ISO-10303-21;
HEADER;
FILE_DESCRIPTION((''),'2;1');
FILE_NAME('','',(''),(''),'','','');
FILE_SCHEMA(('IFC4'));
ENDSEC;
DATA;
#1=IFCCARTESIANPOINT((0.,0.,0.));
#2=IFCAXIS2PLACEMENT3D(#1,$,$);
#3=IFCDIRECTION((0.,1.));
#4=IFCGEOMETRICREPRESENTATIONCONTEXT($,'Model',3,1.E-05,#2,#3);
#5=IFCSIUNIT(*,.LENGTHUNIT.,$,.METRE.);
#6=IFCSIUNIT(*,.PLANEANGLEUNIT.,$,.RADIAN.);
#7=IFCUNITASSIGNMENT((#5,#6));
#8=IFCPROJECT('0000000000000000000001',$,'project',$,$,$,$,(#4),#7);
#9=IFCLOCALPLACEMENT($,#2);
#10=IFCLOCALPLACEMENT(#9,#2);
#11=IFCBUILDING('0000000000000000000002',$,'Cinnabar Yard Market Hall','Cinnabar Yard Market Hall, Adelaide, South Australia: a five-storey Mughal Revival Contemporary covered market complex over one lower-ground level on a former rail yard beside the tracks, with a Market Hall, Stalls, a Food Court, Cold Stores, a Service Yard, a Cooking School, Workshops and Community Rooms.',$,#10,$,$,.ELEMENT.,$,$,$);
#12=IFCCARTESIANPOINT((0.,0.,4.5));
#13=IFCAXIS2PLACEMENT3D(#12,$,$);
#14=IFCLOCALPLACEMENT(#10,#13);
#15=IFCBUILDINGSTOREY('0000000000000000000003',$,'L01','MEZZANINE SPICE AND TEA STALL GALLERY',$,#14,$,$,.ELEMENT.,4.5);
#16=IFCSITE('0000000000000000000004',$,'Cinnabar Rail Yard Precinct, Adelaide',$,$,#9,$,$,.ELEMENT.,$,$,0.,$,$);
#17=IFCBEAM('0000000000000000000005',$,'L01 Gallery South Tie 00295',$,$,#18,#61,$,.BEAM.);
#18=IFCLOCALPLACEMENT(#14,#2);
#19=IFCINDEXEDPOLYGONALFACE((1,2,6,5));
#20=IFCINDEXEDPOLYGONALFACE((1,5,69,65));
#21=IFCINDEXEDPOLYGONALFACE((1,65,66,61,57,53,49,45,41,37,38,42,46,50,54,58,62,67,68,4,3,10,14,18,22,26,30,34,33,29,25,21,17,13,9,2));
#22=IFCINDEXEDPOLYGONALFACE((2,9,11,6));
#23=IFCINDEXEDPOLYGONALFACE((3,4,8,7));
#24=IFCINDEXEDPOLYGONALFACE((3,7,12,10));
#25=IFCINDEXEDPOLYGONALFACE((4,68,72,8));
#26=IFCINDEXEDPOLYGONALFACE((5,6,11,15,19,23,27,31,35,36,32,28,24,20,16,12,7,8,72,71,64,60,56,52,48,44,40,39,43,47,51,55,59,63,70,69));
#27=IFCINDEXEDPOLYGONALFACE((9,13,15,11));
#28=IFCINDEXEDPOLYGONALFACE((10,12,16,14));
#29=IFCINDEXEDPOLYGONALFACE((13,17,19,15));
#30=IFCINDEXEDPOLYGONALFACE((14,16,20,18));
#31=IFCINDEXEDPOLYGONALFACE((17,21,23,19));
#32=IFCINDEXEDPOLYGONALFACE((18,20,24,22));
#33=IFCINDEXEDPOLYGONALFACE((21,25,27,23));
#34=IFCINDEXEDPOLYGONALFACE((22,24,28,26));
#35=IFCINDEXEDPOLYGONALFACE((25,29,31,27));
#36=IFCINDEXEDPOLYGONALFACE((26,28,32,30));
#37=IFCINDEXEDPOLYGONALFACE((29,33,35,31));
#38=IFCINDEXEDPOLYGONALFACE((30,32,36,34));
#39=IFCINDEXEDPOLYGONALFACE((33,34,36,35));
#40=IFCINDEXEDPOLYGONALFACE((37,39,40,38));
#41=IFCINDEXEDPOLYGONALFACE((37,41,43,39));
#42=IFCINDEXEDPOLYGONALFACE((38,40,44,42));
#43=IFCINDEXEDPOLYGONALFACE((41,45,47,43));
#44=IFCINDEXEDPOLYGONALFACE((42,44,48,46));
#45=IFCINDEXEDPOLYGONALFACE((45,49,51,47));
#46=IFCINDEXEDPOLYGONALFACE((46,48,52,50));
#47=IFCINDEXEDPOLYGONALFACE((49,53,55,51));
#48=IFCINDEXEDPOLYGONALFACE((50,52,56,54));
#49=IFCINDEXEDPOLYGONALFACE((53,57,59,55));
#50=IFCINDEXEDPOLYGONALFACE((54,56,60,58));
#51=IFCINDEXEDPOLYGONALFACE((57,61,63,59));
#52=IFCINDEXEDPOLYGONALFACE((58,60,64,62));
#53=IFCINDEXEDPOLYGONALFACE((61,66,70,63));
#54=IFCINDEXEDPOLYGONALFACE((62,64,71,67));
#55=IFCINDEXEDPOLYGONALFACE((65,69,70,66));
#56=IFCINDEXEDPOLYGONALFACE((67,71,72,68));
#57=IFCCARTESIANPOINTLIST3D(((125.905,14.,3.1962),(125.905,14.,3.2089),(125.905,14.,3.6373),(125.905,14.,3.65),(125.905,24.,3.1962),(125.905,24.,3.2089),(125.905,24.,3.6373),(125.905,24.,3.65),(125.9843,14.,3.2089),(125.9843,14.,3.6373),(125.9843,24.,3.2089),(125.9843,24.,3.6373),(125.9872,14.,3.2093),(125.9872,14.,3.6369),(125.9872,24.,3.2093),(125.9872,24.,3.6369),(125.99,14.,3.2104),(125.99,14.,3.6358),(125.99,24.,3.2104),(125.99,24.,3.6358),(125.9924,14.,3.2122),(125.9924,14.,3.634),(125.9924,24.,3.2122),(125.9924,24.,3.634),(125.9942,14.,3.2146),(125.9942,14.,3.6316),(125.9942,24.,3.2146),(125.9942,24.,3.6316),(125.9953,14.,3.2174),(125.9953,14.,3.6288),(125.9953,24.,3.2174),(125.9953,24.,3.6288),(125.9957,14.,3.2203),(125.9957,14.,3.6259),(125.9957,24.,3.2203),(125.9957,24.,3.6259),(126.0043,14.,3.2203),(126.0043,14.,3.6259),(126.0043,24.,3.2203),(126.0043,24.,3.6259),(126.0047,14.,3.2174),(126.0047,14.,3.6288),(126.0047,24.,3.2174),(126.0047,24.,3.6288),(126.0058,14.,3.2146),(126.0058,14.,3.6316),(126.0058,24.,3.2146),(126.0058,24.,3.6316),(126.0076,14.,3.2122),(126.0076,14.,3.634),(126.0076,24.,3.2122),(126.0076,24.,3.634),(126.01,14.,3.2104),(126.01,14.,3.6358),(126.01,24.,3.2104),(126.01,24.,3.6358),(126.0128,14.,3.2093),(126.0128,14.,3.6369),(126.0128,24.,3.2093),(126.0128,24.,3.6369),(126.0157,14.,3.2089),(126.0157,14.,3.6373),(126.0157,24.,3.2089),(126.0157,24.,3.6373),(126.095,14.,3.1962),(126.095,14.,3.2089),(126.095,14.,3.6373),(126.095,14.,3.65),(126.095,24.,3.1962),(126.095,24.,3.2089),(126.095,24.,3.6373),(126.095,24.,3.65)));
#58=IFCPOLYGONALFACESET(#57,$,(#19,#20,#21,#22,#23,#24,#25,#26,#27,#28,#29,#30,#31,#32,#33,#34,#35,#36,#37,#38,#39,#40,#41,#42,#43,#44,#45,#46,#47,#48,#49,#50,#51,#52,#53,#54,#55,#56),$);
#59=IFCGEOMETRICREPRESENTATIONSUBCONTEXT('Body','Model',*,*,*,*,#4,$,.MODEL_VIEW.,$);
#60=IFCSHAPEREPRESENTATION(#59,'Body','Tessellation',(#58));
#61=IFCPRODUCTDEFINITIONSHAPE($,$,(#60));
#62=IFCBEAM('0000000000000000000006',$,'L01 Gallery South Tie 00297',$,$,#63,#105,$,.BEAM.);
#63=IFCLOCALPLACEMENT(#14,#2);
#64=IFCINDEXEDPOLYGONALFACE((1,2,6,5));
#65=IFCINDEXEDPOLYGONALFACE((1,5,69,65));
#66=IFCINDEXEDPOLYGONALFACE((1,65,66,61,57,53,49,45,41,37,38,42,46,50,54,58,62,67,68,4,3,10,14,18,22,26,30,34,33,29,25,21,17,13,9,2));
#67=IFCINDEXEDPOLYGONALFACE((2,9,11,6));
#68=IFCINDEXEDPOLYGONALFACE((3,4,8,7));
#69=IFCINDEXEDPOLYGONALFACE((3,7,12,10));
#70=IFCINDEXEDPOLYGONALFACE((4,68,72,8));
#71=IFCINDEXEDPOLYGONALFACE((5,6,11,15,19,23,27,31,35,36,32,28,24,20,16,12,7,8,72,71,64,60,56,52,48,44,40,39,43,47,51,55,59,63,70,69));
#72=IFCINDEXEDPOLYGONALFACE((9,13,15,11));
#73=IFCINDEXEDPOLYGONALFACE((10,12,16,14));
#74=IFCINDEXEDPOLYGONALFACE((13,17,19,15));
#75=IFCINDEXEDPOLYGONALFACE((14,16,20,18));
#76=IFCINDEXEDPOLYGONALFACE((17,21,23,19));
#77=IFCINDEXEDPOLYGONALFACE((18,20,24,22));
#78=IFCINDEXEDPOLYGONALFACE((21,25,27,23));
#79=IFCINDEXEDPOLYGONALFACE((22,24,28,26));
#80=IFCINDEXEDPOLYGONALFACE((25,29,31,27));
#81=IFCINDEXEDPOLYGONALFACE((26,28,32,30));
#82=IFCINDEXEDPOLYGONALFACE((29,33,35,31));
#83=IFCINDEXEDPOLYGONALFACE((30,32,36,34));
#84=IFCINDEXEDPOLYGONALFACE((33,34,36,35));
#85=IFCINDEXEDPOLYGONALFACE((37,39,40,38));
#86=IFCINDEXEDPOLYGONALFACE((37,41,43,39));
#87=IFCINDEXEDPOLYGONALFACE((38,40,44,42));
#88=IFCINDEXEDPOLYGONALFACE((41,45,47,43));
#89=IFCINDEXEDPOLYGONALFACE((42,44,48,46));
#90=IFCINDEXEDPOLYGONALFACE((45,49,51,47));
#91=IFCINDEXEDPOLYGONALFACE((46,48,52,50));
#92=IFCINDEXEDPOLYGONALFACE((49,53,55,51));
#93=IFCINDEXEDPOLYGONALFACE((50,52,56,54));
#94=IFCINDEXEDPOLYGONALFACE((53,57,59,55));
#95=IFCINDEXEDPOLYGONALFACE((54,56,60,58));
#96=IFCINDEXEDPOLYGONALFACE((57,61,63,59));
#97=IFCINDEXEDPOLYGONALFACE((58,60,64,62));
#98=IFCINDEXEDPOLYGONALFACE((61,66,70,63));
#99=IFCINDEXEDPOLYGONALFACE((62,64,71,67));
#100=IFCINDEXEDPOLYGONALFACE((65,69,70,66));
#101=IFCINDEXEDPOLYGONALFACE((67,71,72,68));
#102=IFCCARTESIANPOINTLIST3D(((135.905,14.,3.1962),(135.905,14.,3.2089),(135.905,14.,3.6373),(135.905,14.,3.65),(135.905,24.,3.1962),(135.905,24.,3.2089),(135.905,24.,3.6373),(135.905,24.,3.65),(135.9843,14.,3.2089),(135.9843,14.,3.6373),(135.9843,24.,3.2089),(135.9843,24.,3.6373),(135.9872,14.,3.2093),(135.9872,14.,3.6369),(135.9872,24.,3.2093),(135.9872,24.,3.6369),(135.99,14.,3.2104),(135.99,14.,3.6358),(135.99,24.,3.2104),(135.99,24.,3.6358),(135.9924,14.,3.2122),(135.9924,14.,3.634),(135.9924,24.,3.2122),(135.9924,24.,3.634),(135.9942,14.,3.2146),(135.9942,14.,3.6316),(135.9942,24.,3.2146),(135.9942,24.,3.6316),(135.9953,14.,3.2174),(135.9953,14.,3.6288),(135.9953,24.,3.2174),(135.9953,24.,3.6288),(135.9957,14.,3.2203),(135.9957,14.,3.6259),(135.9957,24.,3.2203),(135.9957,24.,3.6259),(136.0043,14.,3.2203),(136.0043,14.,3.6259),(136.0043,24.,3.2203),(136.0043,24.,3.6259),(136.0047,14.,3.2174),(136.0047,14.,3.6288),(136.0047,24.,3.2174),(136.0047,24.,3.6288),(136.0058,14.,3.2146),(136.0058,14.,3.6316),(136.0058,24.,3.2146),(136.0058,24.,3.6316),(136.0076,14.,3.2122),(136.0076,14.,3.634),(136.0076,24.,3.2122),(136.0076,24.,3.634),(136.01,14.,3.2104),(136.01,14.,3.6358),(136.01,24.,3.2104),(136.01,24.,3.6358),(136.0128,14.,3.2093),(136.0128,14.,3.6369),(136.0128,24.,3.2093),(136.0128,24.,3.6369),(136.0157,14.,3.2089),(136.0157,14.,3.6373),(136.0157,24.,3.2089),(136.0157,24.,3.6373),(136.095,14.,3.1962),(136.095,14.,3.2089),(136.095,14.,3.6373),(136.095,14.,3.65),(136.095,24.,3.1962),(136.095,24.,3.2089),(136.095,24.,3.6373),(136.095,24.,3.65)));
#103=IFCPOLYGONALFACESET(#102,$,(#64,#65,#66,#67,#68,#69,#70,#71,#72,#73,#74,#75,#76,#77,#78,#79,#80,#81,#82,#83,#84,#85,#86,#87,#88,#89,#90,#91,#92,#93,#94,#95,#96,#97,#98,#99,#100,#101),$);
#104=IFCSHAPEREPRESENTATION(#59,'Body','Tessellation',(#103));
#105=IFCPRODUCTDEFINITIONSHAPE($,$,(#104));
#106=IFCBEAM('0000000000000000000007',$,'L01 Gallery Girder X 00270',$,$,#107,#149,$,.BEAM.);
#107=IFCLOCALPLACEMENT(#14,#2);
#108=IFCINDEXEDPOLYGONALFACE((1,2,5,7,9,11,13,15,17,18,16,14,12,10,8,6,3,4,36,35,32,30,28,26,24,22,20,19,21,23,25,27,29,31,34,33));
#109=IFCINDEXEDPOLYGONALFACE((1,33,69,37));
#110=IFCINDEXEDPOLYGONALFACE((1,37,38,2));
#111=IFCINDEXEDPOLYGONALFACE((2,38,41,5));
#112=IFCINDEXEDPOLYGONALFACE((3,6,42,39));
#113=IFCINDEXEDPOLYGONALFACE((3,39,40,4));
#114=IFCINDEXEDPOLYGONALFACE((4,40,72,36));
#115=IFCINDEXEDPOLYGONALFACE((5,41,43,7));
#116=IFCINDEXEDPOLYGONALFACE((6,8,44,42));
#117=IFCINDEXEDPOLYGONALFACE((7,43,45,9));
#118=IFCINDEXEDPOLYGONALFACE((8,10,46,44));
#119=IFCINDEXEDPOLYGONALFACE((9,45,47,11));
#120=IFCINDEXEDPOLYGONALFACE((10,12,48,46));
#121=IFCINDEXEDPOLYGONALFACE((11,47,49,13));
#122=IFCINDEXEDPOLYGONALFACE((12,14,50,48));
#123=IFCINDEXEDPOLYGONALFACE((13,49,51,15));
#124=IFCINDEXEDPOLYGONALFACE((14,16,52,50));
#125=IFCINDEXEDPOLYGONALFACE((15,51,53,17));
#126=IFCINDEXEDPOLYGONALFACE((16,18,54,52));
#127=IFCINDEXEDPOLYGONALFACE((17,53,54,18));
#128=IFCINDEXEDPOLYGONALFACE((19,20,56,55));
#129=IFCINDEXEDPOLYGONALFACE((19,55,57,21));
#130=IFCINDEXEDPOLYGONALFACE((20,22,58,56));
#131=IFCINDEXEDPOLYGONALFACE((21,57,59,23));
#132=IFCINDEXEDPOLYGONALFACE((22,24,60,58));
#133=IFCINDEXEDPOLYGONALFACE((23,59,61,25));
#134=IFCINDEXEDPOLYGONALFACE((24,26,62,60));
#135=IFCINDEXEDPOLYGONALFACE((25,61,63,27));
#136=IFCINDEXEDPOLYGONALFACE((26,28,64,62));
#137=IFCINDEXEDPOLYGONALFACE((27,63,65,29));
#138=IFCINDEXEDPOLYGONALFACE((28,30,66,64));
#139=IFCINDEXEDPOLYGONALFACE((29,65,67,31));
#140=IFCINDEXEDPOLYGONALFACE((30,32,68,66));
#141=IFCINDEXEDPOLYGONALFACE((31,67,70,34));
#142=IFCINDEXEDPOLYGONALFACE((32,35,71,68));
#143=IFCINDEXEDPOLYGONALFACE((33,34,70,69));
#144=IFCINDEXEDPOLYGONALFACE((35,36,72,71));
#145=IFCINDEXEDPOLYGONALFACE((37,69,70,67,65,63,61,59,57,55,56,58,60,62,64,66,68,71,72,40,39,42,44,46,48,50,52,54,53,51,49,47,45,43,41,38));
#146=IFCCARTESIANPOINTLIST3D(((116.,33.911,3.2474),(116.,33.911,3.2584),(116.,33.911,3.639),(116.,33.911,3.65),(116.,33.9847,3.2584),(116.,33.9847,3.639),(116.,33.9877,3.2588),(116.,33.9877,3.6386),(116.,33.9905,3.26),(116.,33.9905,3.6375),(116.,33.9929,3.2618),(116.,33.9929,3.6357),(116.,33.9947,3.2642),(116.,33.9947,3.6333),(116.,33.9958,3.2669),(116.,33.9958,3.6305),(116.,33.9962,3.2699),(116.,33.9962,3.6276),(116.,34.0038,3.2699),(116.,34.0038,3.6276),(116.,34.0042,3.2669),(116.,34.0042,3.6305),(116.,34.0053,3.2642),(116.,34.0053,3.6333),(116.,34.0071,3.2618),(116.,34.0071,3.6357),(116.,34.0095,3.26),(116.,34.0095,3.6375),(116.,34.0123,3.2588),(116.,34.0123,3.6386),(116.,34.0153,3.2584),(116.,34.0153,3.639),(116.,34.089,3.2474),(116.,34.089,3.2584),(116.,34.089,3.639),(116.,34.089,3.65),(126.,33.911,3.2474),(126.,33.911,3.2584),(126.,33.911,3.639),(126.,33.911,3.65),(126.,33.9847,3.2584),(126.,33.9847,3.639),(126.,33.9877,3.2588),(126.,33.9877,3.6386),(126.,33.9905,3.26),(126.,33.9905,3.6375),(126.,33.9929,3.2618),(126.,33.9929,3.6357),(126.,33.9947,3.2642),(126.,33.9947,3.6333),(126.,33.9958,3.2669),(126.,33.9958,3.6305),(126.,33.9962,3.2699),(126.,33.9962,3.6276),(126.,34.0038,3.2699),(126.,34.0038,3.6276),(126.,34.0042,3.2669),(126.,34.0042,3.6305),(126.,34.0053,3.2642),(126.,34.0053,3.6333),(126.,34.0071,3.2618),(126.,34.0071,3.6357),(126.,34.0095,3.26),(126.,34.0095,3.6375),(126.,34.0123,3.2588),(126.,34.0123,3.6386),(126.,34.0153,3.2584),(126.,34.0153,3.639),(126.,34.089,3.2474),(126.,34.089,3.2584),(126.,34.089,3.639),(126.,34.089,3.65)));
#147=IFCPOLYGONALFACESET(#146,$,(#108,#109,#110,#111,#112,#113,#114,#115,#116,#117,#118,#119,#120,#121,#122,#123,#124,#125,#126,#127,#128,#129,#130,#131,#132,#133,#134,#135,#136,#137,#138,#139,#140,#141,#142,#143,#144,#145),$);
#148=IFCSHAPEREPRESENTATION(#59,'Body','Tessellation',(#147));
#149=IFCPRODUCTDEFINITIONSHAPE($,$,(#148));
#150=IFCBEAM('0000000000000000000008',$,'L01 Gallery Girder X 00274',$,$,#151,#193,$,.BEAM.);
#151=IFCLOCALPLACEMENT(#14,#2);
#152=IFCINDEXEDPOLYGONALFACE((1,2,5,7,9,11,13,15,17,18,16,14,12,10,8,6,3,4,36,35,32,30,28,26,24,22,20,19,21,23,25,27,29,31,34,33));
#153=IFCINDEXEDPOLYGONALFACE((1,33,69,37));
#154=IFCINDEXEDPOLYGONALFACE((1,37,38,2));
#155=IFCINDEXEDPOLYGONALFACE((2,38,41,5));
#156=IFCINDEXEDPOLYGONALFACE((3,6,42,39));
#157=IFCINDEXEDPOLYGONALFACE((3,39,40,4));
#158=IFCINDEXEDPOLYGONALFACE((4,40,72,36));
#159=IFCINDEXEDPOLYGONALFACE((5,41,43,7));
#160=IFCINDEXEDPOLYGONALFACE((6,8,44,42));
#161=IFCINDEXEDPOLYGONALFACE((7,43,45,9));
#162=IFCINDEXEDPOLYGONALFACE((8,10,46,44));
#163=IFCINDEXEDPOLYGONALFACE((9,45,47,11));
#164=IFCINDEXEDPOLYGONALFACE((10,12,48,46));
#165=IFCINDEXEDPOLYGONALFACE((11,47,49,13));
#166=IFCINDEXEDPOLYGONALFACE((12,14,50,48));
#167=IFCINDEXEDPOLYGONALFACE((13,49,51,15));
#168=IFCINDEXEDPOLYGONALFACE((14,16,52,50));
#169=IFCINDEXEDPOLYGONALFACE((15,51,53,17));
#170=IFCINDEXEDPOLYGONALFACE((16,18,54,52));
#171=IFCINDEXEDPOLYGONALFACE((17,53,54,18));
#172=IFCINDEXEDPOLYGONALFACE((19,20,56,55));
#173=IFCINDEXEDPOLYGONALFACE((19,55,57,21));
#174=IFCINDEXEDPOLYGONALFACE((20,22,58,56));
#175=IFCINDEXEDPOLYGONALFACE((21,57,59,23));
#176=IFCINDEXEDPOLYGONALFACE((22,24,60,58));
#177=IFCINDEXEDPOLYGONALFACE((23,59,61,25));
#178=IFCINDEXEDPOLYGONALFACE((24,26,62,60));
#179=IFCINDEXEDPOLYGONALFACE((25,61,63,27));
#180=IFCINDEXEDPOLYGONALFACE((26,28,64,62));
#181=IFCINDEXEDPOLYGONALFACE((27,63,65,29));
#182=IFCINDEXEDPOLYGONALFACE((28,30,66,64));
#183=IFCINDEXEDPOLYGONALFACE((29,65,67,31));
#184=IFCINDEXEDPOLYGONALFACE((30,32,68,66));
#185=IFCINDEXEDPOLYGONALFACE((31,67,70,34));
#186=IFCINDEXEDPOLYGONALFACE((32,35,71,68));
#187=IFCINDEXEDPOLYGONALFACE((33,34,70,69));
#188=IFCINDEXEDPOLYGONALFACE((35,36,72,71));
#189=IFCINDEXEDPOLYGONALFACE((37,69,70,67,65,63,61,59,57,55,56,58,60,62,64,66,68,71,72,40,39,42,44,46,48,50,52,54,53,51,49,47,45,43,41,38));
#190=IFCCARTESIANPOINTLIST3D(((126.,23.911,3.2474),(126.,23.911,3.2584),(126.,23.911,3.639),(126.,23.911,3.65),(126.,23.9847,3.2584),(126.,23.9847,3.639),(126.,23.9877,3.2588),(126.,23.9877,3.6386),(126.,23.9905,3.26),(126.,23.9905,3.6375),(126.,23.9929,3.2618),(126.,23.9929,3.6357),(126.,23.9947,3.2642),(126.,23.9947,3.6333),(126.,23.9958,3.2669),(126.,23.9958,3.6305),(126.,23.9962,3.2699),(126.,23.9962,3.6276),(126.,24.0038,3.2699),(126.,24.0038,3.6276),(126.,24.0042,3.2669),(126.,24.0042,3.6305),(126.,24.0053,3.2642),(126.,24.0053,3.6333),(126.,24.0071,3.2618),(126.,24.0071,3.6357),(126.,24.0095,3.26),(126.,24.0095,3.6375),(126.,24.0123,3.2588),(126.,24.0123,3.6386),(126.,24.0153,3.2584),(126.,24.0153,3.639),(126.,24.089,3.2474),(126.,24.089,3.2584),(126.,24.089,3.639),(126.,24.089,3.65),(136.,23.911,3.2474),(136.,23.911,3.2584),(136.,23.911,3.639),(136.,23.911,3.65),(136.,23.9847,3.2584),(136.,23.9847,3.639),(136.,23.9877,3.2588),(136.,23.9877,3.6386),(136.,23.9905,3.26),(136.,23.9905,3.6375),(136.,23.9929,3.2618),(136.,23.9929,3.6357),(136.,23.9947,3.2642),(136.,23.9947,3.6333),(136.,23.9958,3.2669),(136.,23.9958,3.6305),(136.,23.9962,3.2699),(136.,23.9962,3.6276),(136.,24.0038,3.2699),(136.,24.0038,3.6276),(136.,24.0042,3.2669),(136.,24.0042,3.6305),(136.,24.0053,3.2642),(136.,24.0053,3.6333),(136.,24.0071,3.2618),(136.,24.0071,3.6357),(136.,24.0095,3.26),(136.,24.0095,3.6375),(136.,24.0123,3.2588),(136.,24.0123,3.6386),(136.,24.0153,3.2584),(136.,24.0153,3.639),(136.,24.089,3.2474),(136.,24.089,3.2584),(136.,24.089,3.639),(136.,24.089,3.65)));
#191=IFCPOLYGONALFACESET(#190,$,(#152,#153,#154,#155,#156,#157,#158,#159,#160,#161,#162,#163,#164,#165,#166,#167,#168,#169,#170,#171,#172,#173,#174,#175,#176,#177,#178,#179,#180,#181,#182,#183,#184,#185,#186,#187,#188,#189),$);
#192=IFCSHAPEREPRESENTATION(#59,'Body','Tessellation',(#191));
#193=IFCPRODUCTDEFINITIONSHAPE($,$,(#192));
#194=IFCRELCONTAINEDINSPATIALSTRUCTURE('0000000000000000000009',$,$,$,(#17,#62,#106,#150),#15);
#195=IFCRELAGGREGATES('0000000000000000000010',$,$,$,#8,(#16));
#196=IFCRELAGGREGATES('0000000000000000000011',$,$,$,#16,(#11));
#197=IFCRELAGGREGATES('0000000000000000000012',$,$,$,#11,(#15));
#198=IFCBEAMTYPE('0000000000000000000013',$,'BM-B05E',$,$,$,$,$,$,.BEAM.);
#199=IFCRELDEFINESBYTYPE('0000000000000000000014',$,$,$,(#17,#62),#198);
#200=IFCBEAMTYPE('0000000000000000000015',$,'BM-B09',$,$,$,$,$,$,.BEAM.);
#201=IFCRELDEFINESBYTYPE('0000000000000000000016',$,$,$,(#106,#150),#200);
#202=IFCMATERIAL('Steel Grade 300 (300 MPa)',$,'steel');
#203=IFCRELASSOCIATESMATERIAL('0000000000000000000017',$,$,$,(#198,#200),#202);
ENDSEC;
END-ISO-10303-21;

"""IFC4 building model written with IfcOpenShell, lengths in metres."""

from ifc_helpers import new_model, si_unit, direction, frame, origin, origin_2d_with_axis, place, context, subcontext, project, spatial, i_section, extrude, material, material_profile, profile_set, type_object, element, save


model = new_model("IFC4")

# Units and contexts
model_context = context("Model", 3, precision=1e-05, world=origin(), true_north=direction((0.0, 1.0)))
body_context = subcontext(model_context, "Body", "Model", "MODEL_VIEW")
ifc_project = project(units=[si_unit("LENGTHUNIT", "METRE"), si_unit("PLANEANGLEUNIT", "RADIAN")], contexts=[model_context])

# Site, building, storey
site_placement = place(None, origin())
site = spatial("IfcSite", under=ifc_project, at=site_placement, Name="Cinnabar Rail Yard Precinct, Adelaide", CompositionType="ELEMENT", RefElevation=0.0)
building_placement = place(site_placement, origin())
building = spatial("IfcBuilding", under=site, at=building_placement, Name="Cinnabar Yard Market Hall", Description="Cinnabar Yard Market Hall, Adelaide, South Australia: a five-storey Mughal Revival Contemporary covered market complex over one lower-ground level on a former rail yard beside the tracks, with a Market Hall, Stalls, a Food Court, Cold Stores, a Service Yard, a Cooking School, Workshops and Community Rooms.", CompositionType="ELEMENT")
storey_placement = place(building_placement, frame((0.0, 0.0, 4.5)))
storey = spatial("IfcBuildingStorey", under=building, at=storey_placement, Name="L01", Description="MEZZANINE SPICE AND TEA STALL GALLERY", CompositionType="ELEMENT", Elevation=4.5)

# Beams
ifc_material_1 = material(Name="Steel Grade 300 (300 MPa)", Category="steel")
ifc_material_profile_1 = material_profile(ifc_material_1, i_section(OverallWidth=0.1899, OverallDepth=0.4539, WebThickness=0.0085, FlangeThickness=0.0127, FilletRadius=0.0115, at=origin_2d_with_axis()), Name="460UB67.1")
ifc_profile_set_1 = profile_set([ifc_material_profile_1], Name="Steel Grade 300 (300 MPa)")
beam_type_1 = type_object("IfcBeamType", Name="BM-B05E", PredefinedType="BEAM", material=ifc_profile_set_1)
for number, where, z_axis, x_axis, name in (
    (1, (126.0, 24.0, 3.4231), (0.0, -1.0, 0.0), (1.0, 0.0, 0.0), "L01 Gallery South Tie 00295"),
    (2, (136.0, 24.0, 3.4231), (0.0, -1.0, 0.0), (1.0, 0.0, 0.0), "L01 Gallery South Tie 00297"),
):
    element("IfcBeam", number, at=place(storey_placement, frame(where, z_axis=z_axis, x_axis=x_axis)), inside=storey, type_object=beam_type_1, Name=name, PredefinedType="BEAM", context=body_context, shape_type="SweptSolid", body=[
        extrude(i_section(OverallWidth=0.1899, OverallDepth=0.4539, WebThickness=0.0085, FlangeThickness=0.0127, FilletRadius=0.0115, at=origin_2d_with_axis()), origin(), (0.0, 0.0, 1.0), 10.0),
    ])
ifc_material_profile_2 = material_profile(ifc_material_1, i_section(OverallWidth=0.178, OverallDepth=0.4026, WebThickness=0.0076, FlangeThickness=0.011, FilletRadius=0.0115, at=origin_2d_with_axis()), Name="410UB53.7")
ifc_profile_set_2 = profile_set([ifc_material_profile_2], Name="Steel Grade 300 (300 MPa)")
beam_type_2 = type_object("IfcBeamType", Name="BM-B09", PredefinedType="BEAM", material=ifc_profile_set_2)
for number, where, z_axis, x_axis, name in (
    (3, (116.0, 34.0, 3.4487), (1.0, 0.0, 0.0), (0.0, 1.0, 0.0), "L01 Gallery Girder X 00270"),
    (4, (126.0, 24.0, 3.4487), (1.0, 0.0, 0.0), (0.0, 1.0, 0.0), "L01 Gallery Girder X 00274"),
):
    element("IfcBeam", number, at=place(storey_placement, frame(where, z_axis=z_axis, x_axis=x_axis)), inside=storey, type_object=beam_type_2, Name=name, PredefinedType="BEAM", context=body_context, shape_type="SweptSolid", body=[
        extrude(i_section(OverallWidth=0.178, OverallDepth=0.4026, WebThickness=0.0076, FlangeThickness=0.011, FilletRadius=0.0115, at=origin_2d_with_axis()), origin(), (0.0, 0.0, 1.0), 10.0),
    ])

save(model, "model.ifc")
